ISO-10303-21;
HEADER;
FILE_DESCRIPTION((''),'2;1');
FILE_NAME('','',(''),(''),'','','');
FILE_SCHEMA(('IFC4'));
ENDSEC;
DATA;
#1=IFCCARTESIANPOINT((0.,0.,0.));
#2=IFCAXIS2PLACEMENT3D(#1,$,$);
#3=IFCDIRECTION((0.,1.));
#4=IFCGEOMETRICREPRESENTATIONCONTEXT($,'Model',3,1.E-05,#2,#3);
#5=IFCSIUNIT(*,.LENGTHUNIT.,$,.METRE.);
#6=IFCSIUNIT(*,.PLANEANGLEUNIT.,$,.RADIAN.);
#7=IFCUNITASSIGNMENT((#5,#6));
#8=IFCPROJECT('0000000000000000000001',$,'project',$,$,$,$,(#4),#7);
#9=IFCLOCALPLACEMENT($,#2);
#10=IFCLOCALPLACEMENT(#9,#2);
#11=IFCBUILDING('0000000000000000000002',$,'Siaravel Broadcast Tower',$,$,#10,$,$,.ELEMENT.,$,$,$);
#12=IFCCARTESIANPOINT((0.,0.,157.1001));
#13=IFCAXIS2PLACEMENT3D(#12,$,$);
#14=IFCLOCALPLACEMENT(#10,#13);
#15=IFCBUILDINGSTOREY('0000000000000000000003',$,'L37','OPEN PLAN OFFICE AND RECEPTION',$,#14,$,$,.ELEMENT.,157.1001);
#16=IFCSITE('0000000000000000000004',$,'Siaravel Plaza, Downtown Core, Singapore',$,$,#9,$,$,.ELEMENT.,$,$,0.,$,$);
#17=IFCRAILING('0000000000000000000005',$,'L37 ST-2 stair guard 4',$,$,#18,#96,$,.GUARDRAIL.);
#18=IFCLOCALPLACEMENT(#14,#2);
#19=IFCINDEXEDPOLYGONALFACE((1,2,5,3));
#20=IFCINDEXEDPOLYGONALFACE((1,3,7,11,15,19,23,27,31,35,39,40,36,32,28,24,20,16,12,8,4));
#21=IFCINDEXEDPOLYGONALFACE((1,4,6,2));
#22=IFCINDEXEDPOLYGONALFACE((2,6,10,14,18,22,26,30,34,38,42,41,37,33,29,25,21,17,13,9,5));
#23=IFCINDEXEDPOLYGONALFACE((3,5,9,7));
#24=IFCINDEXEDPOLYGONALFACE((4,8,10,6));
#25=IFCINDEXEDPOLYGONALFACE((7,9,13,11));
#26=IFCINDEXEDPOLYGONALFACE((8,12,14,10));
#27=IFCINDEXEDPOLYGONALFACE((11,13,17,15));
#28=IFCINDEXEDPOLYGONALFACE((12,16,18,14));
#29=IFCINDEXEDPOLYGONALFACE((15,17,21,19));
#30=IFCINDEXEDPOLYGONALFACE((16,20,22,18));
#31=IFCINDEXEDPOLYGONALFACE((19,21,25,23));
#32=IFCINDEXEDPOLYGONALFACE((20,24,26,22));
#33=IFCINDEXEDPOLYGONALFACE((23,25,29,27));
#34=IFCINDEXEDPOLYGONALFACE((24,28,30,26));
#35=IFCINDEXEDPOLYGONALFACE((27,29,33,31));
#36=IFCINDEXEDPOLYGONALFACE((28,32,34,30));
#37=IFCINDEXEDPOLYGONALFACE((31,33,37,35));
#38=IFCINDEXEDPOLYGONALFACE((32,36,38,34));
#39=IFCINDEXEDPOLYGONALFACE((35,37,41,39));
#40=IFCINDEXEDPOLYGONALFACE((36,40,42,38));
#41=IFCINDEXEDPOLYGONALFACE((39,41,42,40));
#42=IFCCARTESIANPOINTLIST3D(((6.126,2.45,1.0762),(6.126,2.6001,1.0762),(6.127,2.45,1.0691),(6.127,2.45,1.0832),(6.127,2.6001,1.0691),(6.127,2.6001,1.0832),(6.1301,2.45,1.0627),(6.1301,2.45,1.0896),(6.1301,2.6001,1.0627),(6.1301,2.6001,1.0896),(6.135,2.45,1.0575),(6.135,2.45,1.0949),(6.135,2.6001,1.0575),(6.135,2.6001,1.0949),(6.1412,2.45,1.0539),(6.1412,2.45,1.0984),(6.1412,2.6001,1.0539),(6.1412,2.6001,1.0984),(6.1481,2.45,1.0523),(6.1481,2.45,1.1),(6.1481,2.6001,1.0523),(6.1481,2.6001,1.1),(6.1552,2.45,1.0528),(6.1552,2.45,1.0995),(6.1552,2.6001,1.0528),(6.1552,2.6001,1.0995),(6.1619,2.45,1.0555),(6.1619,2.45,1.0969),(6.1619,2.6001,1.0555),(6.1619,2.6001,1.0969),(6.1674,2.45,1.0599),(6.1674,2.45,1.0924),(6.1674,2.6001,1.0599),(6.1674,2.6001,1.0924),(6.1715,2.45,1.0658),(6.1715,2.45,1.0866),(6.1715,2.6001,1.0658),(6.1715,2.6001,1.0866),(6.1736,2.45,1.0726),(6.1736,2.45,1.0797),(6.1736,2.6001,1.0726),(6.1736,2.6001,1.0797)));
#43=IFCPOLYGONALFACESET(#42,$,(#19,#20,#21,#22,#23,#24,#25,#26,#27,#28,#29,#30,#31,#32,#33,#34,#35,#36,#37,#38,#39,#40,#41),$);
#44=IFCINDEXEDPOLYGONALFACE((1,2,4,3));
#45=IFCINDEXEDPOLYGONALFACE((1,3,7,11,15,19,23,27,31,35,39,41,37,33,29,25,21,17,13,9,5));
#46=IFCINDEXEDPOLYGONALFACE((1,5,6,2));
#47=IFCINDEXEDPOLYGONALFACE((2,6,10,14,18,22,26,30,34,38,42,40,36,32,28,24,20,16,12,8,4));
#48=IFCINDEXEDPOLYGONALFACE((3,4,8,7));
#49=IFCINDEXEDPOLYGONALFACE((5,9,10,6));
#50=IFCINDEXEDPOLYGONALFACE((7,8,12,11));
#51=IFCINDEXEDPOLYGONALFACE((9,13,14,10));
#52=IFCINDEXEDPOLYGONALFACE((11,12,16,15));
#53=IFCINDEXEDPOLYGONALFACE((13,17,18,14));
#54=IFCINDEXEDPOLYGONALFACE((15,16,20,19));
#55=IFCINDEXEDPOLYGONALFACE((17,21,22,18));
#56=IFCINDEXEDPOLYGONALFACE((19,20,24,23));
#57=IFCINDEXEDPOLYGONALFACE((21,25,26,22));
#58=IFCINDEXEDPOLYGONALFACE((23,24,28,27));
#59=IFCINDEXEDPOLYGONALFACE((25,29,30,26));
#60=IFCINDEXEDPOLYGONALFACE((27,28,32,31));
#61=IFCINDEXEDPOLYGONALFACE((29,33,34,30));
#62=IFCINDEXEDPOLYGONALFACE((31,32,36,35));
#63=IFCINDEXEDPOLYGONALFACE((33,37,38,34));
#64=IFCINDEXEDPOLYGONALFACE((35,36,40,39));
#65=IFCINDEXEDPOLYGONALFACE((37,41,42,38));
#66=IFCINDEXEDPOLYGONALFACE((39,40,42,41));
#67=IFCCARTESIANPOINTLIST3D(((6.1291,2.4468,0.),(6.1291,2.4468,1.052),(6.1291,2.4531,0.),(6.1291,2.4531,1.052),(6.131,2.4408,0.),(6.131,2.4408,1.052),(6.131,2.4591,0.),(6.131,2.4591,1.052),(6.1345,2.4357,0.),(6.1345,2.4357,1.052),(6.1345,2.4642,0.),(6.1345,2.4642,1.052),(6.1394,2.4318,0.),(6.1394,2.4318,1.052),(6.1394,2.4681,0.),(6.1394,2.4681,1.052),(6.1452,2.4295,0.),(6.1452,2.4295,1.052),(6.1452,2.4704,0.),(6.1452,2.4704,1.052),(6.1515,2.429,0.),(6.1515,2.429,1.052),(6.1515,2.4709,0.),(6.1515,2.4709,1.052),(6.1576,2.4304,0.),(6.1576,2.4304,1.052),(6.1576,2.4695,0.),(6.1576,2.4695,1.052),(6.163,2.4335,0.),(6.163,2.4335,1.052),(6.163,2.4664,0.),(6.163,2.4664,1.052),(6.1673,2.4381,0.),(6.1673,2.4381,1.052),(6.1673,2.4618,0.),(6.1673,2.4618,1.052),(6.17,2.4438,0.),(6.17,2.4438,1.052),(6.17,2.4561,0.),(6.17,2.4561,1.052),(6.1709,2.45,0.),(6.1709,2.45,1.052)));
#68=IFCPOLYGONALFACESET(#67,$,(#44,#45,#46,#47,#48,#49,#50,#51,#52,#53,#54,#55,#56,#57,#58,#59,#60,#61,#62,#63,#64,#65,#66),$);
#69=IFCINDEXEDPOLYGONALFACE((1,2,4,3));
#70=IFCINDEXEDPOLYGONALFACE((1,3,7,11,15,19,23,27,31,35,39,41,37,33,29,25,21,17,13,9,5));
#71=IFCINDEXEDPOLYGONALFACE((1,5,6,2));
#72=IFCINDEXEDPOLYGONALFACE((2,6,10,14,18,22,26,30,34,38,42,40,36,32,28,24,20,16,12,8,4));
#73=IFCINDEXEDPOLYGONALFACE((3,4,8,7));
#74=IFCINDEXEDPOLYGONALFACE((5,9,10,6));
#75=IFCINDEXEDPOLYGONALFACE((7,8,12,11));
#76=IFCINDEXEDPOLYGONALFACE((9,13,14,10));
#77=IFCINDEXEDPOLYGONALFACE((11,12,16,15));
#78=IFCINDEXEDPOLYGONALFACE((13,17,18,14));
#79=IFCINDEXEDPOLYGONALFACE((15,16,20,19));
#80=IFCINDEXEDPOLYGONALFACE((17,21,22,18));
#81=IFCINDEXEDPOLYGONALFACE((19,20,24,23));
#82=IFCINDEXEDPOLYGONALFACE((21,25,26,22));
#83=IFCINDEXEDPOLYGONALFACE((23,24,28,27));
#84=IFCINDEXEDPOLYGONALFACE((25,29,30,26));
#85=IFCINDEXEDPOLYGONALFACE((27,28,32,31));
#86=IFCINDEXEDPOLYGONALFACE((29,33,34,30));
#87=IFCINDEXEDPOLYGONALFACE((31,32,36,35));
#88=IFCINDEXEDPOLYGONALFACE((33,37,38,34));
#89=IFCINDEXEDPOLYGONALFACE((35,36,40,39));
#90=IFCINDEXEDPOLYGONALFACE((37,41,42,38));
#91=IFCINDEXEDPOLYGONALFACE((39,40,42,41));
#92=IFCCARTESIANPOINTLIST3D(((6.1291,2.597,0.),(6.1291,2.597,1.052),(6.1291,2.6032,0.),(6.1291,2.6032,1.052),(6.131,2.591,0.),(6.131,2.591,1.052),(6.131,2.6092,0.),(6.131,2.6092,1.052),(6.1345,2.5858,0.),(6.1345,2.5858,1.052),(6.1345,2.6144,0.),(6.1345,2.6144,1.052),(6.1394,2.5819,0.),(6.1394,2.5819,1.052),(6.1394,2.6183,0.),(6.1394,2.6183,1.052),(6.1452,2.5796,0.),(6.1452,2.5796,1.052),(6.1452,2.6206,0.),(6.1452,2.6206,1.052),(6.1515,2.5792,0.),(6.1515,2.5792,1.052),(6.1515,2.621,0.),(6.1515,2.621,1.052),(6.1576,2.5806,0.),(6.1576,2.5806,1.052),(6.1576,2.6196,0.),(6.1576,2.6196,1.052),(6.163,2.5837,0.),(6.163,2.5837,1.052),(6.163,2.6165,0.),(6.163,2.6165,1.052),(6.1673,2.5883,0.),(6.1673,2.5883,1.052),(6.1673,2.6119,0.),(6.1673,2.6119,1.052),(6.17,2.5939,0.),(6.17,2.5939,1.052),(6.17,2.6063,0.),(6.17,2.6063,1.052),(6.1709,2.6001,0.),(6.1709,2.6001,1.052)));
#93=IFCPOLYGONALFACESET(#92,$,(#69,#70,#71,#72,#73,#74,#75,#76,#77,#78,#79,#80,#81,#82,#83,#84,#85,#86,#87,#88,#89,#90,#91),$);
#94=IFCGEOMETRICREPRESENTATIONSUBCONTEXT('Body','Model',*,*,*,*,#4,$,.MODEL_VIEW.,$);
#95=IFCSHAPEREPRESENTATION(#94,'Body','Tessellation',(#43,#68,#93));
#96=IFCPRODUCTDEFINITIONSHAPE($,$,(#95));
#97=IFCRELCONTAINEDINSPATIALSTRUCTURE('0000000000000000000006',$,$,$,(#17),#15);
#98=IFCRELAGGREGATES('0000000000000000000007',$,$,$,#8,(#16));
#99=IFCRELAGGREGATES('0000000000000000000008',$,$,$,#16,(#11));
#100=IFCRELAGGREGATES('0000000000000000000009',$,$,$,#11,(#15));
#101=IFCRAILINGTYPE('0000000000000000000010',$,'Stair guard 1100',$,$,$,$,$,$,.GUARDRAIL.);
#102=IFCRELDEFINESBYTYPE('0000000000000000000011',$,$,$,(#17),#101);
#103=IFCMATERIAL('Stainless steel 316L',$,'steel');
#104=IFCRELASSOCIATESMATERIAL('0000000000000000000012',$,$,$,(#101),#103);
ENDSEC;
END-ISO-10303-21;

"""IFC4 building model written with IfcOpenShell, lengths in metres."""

from ifc_helpers import new_model, si_unit, direction, frame, origin, origin_2d, place, context, subcontext, project, spatial, circle, extrude, material, type_object, element, save


model = new_model("IFC4")

# Units and contexts
model_context = context("Model", 3, precision=1e-05, world=origin(), true_north=direction((0.0, 1.0)))
body_context = subcontext(model_context, "Body", "Model", "MODEL_VIEW")
ifc_project = project(units=[si_unit("LENGTHUNIT", "METRE"), si_unit("PLANEANGLEUNIT", "RADIAN")], contexts=[model_context])

# Site, building, storey
site_placement = place(None, origin())
site = spatial("IfcSite", under=ifc_project, at=site_placement, Name="Siaravel Plaza, Downtown Core, Singapore", CompositionType="ELEMENT", RefElevation=0.0)
building_placement = place(site_placement, origin())
building = spatial("IfcBuilding", under=site, at=building_placement, Name="Siaravel Broadcast Tower", CompositionType="ELEMENT")
storey_placement = place(building_placement, frame((0.0, 0.0, 157.1001)))
storey = spatial("IfcBuildingStorey", under=building, at=storey_placement, Name="L37", Description="OPEN PLAN OFFICE AND RECEPTION", CompositionType="ELEMENT", Elevation=157.1001)

# Railing
ifc_material_1 = material(Name="Stainless steel 316L", Category="steel")
railing_type_1 = type_object("IfcRailingType", Name="Stair guard 1100", PredefinedType="GUARDRAIL", material=ifc_material_1)
railing_1_placement = place(storey_placement, frame((6.1499, 2.45, 0.0)))
element("IfcRailing", 1, at=railing_1_placement, inside=storey, type_object=railing_type_1, Name="L37 ST-2 stair guard 4", PredefinedType="GUARDRAIL", context=body_context, shape_type="SweptSolid", body=[
    extrude(circle(Radius=0.0239, at=origin_2d()), frame((0.0, 0.0, 1.0762), z_axis=(0.0, 1.0, 0.0), x_axis=(-1.0, 0.0, 0.0)), (0.0, 0.0, 1.0), 0.1501),
    extrude(circle(Radius=0.021, at=origin_2d()), origin(), (0.0, 0.0, 1.0), 1.052),
    extrude(circle(Radius=0.021, at=origin_2d()), frame((0.0, 0.1501, 0.0)), (0.0, 0.0, 1.0), 1.052),
])

save(model, "model.ifc")
